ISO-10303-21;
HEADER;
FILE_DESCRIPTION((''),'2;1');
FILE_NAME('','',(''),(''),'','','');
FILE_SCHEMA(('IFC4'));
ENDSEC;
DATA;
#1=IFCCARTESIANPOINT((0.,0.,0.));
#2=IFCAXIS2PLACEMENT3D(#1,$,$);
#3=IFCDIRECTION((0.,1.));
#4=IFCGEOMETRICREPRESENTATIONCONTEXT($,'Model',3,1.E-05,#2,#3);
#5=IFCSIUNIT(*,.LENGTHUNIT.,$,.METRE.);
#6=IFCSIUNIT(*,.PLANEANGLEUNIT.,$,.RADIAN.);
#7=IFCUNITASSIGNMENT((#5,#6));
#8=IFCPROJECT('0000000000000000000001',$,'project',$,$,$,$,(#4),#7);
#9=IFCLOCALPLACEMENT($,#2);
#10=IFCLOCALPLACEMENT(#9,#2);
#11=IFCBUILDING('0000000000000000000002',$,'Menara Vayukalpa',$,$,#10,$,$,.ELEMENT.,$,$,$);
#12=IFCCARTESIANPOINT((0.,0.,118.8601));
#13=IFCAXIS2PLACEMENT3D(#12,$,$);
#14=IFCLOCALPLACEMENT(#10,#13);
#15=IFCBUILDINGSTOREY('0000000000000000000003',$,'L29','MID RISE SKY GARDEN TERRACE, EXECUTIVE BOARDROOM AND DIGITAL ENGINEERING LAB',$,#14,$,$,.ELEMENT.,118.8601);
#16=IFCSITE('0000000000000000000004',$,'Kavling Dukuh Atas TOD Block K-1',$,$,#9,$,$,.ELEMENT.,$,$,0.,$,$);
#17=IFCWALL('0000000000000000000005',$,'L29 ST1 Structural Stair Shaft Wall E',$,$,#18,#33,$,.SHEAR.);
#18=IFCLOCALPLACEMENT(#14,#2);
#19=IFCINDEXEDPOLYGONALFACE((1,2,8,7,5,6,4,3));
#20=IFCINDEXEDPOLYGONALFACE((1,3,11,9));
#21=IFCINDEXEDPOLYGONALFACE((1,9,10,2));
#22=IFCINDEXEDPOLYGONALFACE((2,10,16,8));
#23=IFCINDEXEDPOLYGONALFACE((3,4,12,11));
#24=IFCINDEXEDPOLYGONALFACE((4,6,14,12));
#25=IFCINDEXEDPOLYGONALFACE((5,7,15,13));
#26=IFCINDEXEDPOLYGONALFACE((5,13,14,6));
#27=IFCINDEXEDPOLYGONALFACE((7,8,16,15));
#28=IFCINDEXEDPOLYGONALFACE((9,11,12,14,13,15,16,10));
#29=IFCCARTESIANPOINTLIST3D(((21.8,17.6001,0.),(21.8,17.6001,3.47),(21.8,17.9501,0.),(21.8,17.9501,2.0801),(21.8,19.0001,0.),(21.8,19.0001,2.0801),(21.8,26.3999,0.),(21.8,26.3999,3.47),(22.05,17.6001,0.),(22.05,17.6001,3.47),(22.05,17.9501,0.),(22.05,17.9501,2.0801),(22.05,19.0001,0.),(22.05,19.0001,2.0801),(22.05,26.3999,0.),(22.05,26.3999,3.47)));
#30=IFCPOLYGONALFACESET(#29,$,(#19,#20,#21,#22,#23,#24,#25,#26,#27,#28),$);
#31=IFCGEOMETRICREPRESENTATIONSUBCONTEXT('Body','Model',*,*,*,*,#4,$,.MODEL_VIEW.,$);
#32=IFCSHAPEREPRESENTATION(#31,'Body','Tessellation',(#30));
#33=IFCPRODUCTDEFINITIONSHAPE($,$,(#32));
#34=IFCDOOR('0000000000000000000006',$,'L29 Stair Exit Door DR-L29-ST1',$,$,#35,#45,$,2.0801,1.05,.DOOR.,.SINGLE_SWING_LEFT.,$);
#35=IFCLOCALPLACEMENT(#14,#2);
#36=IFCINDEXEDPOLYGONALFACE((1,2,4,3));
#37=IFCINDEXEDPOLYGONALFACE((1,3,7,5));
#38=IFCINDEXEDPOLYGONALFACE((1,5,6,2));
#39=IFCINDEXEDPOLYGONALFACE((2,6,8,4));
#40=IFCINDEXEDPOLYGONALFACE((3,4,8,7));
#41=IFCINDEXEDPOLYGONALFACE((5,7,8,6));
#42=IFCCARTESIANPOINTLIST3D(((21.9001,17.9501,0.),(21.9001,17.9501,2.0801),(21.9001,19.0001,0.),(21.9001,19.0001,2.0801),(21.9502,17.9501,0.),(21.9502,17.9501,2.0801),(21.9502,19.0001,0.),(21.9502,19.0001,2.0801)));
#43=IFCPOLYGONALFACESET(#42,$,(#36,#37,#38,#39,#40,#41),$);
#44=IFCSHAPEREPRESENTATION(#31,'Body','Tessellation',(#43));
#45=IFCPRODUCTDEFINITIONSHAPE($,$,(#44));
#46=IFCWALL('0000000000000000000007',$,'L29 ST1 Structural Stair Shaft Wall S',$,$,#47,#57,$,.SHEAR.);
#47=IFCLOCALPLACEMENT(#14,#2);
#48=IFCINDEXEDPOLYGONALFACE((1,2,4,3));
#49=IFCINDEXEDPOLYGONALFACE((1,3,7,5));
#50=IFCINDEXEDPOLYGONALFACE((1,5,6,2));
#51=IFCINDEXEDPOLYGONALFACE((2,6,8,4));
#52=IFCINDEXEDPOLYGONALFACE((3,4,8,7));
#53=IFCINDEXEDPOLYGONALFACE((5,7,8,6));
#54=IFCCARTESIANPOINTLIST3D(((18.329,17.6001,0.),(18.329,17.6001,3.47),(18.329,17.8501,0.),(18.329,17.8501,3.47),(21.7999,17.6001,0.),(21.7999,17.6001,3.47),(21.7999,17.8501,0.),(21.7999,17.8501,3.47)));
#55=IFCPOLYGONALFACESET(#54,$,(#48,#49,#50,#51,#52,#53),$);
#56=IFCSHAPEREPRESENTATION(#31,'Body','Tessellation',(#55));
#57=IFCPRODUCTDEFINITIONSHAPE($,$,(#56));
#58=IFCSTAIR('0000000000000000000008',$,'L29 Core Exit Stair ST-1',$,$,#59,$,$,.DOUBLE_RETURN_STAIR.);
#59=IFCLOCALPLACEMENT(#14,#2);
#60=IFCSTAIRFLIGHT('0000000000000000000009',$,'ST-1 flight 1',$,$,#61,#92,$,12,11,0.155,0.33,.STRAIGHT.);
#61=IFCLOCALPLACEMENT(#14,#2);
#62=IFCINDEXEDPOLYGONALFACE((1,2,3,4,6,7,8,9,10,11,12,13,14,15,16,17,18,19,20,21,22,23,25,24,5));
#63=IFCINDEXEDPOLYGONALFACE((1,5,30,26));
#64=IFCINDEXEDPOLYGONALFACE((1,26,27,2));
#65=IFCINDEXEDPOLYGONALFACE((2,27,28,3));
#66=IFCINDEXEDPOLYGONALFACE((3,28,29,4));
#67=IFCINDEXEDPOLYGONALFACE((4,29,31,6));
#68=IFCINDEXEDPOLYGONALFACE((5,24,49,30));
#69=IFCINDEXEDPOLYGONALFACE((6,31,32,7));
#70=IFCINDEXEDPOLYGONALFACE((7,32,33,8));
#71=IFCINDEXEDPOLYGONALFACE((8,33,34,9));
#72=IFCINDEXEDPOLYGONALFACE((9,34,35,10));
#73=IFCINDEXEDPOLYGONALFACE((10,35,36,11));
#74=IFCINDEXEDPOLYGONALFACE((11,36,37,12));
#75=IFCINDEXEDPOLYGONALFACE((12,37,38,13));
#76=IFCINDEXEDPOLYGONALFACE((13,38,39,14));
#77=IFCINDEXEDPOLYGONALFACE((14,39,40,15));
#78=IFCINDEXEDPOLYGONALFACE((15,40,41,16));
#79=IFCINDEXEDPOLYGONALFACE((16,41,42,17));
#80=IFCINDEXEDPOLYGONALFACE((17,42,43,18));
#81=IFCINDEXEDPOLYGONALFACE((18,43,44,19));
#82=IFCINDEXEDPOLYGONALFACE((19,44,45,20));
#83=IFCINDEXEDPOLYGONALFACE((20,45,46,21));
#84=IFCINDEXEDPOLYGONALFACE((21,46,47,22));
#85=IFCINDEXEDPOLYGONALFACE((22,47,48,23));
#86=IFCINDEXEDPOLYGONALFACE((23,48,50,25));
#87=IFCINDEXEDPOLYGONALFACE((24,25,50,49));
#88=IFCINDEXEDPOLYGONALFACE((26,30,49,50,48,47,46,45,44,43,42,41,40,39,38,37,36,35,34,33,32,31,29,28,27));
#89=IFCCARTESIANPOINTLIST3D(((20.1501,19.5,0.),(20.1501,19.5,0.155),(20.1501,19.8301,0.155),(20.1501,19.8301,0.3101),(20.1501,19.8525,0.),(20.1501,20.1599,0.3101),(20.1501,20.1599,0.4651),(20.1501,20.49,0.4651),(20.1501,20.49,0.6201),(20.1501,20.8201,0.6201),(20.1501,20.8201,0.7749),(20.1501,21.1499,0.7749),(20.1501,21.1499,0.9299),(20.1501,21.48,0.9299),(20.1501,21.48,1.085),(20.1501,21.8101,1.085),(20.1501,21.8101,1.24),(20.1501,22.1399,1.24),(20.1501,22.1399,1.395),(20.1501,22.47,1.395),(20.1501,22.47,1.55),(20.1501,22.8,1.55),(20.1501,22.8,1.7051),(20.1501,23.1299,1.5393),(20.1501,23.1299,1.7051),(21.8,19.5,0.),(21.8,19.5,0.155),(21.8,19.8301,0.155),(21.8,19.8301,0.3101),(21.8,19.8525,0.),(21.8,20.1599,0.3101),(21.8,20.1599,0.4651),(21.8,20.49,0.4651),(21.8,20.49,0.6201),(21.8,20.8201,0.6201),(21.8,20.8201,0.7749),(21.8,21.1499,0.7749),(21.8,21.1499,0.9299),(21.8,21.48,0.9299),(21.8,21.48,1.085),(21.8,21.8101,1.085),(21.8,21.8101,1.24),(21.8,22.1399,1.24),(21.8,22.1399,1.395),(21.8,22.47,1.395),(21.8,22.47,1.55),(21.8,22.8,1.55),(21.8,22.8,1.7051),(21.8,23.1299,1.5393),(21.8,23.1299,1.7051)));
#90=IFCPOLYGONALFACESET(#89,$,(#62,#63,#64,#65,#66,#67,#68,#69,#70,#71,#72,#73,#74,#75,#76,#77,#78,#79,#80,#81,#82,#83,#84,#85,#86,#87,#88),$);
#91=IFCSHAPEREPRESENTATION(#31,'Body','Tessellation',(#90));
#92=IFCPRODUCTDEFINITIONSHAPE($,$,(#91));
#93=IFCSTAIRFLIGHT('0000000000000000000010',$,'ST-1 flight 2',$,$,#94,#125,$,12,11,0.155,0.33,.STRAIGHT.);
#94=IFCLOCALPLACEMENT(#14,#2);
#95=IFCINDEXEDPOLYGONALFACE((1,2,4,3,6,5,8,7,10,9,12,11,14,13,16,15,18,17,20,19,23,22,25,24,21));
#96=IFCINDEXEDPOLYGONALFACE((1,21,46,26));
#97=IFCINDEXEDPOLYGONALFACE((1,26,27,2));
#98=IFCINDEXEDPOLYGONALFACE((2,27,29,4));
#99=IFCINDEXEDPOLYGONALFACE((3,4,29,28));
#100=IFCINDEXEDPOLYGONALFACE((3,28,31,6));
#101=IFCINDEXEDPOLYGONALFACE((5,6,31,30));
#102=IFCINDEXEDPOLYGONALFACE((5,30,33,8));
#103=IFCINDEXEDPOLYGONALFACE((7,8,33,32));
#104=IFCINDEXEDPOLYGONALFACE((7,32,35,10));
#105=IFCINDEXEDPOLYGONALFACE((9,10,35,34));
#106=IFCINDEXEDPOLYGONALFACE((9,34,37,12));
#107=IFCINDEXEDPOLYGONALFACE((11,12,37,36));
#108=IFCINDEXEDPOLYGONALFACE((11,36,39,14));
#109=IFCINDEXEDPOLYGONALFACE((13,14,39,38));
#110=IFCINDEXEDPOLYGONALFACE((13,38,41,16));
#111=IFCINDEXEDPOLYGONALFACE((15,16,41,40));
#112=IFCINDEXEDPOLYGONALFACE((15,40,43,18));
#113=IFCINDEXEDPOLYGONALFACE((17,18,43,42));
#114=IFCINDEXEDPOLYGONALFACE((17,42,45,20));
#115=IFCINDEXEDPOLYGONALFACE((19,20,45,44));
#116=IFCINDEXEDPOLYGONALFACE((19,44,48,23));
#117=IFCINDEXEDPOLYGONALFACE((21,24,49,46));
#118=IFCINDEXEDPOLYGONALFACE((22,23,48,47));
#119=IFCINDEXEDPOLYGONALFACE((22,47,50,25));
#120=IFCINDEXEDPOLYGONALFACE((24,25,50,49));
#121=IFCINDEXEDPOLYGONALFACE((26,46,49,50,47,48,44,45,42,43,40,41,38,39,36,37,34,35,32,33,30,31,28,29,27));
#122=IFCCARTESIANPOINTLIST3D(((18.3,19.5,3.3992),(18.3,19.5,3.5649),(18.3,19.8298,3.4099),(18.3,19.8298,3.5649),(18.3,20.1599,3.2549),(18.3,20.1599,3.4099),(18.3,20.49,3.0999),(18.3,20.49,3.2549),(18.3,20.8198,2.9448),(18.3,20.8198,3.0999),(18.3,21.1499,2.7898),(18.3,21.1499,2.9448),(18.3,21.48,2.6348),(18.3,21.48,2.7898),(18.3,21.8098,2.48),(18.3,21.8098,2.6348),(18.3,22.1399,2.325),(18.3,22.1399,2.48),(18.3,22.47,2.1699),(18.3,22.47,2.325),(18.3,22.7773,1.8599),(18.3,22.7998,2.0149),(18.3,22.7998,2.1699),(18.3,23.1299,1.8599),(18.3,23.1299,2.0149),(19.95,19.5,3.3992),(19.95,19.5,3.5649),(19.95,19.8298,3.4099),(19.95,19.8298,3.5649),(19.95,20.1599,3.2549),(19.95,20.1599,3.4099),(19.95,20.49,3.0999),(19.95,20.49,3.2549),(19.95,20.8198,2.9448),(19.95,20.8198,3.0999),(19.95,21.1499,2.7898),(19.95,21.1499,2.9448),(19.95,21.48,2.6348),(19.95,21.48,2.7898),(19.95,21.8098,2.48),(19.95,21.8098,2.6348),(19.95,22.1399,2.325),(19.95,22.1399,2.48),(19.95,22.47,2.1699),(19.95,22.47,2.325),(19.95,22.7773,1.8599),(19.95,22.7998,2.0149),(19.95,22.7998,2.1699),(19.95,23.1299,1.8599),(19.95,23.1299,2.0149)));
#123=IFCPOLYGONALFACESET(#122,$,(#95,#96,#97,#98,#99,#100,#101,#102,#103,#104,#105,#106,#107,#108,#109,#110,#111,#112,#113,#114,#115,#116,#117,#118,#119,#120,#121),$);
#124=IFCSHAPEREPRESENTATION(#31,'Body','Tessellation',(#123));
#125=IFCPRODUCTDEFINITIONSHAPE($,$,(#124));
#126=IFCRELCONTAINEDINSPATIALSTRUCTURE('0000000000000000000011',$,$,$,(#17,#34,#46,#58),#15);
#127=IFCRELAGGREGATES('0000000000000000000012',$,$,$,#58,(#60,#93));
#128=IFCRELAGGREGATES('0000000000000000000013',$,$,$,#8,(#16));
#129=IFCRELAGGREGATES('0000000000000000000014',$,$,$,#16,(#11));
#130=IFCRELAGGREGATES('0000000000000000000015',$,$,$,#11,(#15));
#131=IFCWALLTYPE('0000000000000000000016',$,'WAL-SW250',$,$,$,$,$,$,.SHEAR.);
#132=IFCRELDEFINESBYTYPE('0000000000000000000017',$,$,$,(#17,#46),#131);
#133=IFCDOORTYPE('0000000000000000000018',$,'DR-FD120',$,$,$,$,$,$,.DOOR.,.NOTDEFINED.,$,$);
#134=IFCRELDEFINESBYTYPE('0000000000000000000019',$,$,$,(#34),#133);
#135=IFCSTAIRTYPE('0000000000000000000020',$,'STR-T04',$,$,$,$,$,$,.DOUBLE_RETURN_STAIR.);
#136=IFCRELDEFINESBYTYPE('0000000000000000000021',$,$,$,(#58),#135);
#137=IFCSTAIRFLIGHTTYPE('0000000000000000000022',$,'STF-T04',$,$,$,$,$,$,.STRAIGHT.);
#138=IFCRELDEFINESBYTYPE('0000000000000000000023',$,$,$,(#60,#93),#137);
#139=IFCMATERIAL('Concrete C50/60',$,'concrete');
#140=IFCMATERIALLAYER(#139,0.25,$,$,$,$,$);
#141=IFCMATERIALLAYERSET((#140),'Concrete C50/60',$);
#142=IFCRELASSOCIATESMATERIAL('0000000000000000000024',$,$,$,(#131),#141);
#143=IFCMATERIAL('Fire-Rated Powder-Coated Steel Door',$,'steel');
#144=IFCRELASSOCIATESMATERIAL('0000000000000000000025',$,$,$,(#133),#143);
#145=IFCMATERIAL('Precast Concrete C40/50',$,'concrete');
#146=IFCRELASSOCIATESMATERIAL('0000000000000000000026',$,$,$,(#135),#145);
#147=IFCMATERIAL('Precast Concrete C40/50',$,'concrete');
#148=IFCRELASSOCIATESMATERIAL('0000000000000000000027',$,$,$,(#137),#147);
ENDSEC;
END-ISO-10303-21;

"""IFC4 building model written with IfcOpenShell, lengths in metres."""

from ifc_helpers import new_model, si_unit, direction, frame, frame_2d, origin, place, context, subcontext, project, spatial, polyline, rectangle, outline, extrude, material, layer, layer_set, type_object, element, fill, aggregate, save


model = new_model("IFC4")

# Units and contexts
model_context = context("Model", 3, precision=1e-05, world=origin(), true_north=direction((0.0, 1.0)))
body_context = subcontext(model_context, "Body", "Model", "MODEL_VIEW")
ifc_project = project(units=[si_unit("LENGTHUNIT", "METRE"), si_unit("PLANEANGLEUNIT", "RADIAN")], contexts=[model_context])

# Site, building, storey
site_placement = place(None, origin())
site = spatial("IfcSite", under=ifc_project, at=site_placement, Name="Kavling Dukuh Atas TOD Block K-1", CompositionType="ELEMENT", RefElevation=0.0)
building_placement = place(site_placement, origin())
building = spatial("IfcBuilding", under=site, at=building_placement, Name="Menara Vayukalpa", CompositionType="ELEMENT")
storey_placement = place(building_placement, frame((0.0, 0.0, 118.8601)))
storey = spatial("IfcBuildingStorey", under=building, at=storey_placement, Name="L29", Description="MID RISE SKY GARDEN TERRACE, EXECUTIVE BOARDROOM AND DIGITAL ENGINEERING LAB", CompositionType="ELEMENT", Elevation=118.8601)

# Shared definitions
ifc_material_1 = material(Name="Concrete C50/60", Category="concrete")
ifc_layer_1 = layer(ifc_material_1, 0.25)
ifc_layer_set_1 = layer_set([ifc_layer_1], Name="Concrete C50/60")
wall_type_1 = type_object("IfcWallType", Name="WAL-SW250", PredefinedType="SHEAR", material=ifc_layer_set_1)

# Wall, opening, door
wall_1_placement = place(storey_placement, frame((21.925, 17.6001, 0.0), z_axis=(0.0, 0.0, 1.0), x_axis=(0.0, 1.0, 0.0)))
wall_1 = element("IfcWall", 1, at=wall_1_placement, inside=storey, type_object=wall_type_1, Name="L29 ST1 Structural Stair Shaft Wall E", PredefinedType="SHEAR", context=body_context, shape_type="SweptSolid", body=[
    extrude(rectangle(XDim=8.7998, YDim=0.25, at=frame_2d((4.3999, 0.0))), origin(), (0.0, 0.0, 1.0), 3.47),
])
opening_1_placement = place(wall_1_placement, frame((0.3501, 0.0, 0.0)))
opening_1 = element("IfcOpeningElement", 2, at=opening_1_placement, cuts=wall_1, PredefinedType="OPENING", context=body_context, shape_type="SweptSolid", body=[
    extrude(rectangle(XDim=1.05, YDim=2.0801, at=frame_2d((0.5249, 1.04))), frame((0.0, 0.135, 0.0), z_axis=(0.0, -1.0, 0.0), x_axis=(1.0, 0.0, 0.0)), (0.0, 0.0, 1.0), 0.27),
])
ifc_material_2 = material(Name="Fire-Rated Powder-Coated Steel Door", Category="steel")
door_type_1 = type_object("IfcDoorType", Name="DR-FD120", OperationType="NOTDEFINED", PredefinedType="DOOR", material=ifc_material_2)
door_1_placement = place(opening_1_placement, origin())
door_1 = element("IfcDoor", 3, at=door_1_placement, inside=storey, type_object=door_type_1, Name="L29 Stair Exit Door DR-L29-ST1", OperationType="SINGLE_SWING_LEFT", OverallHeight=2.0801, OverallWidth=1.05, PredefinedType="DOOR", context=body_context, shape_type="SweptSolid", body=[
    extrude(rectangle(XDim=1.05, YDim=2.0801, at=frame_2d((0.5249, 1.04))), frame((0.0, 0.0249, 0.0), z_axis=(0.0, -1.0, 0.0), x_axis=(1.0, 0.0, 0.0)), (0.0, 0.0, 1.0), 0.05),
])
fill(opening_1, door_1)

# Wall
wall_2_placement = place(storey_placement, frame((18.3291, 17.7251, 0.0), z_axis=(0.0, 0.0, 1.0), x_axis=(1.0, 0.0, 0.0)))
element("IfcWall", 4, at=wall_2_placement, inside=storey, type_object=wall_type_1, Name="L29 ST1 Structural Stair Shaft Wall S", PredefinedType="SHEAR", context=body_context, shape_type="SweptSolid", body=[
    extrude(rectangle(XDim=3.4709, YDim=0.25, at=frame_2d((1.7354, 0.0))), origin(), (0.0, 0.0, 1.0), 3.47),
])

# Stair, stair flights
ifc_material_3 = material(Name="Precast Concrete C40/50", Category="concrete")
stair_type = type_object("IfcStairType", Name="STR-T04", PredefinedType="DOUBLE_RETURN_STAIR", material=ifc_material_3)
stair_placement = place(storey_placement, origin())
stair = element("IfcStair", 5, at=stair_placement, inside=storey, type_object=stair_type, Name="L29 Core Exit Stair ST-1", PredefinedType="DOUBLE_RETURN_STAIR")
ifc_material_4 = material(Name="Precast Concrete C40/50", Category="concrete")
stair_flight_type = type_object("IfcStairFlightType", Name="STF-T04", PredefinedType="STRAIGHT", material=ifc_material_4)
stair_flight_1_placement = place(storey_placement, frame((20.9751, 19.5, 0.0), z_axis=(0.0, 0.0, 1.0), x_axis=(0.0, 1.0, 0.0)))
stair_flight_1 = element("IfcStairFlight", 6, at=stair_flight_1_placement, type_object=stair_flight_type, Name="ST-1 flight 1", NumberOfRisers=12, NumberOfTreads=11, PredefinedType="STRAIGHT", RiserHeight=0.155, TreadLength=0.33, context=body_context, shape_type="SweptSolid", body=[
    extrude(outline(polyline([(0.0, 0.0), (0.0, 0.155), (0.3301, 0.155), (0.3301, 0.3101), (0.6599, 0.3101), (0.6599, 0.4651), (0.99, 0.4651), (0.99, 0.6201), (1.3201, 0.6201), (1.3201, 0.7749), (1.6499, 0.7749), (1.6499, 0.9299), (1.98, 0.9299), (1.98, 1.085), (2.3101, 1.085), (2.3101, 1.24), (2.6399, 1.24), (2.6399, 1.395), (2.97, 1.395), (2.97, 1.55), (3.3, 1.55), (3.3, 1.7051), (3.6299, 1.7051), (3.6299, 1.8601), (3.6299, 1.5393), (0.3525, 0.0), (0.0, 0.0)])), frame((0.0, 0.825, 0.0), z_axis=(0.0, -1.0, 0.0), x_axis=(1.0, 0.0, 0.0)), (0.0, 0.0, 1.0), 1.6499),
])
stair_flight_2_placement = place(storey_placement, frame((19.125, 23.1299, 1.8599), z_axis=(0.0, 0.0, 1.0), x_axis=(0.0, -1.0, 0.0)))
stair_flight_2 = element("IfcStairFlight", 7, at=stair_flight_2_placement, type_object=stair_flight_type, Name="ST-1 flight 2", NumberOfRisers=12, NumberOfTreads=11, PredefinedType="STRAIGHT", RiserHeight=0.155, TreadLength=0.33, context=body_context, shape_type="SweptSolid", body=[
    extrude(outline(polyline([(0.0, 0.0), (0.0, 0.155), (0.3301, 0.155), (0.3301, 0.3101), (0.6599, 0.3101), (0.6599, 0.4651), (0.99, 0.4651), (0.99, 0.6201), (1.3201, 0.6201), (1.3201, 0.7749), (1.6499, 0.7749), (1.6499, 0.9299), (1.98, 0.9299), (1.98, 1.085), (2.3101, 1.085), (2.3101, 1.24), (2.6399, 1.24), (2.6399, 1.395), (2.97, 1.395), (2.97, 1.55), (3.3, 1.55), (3.3, 1.7051), (3.6299, 1.7051), (3.6299, 1.8601), (3.6299, 1.5393), (0.3525, 0.0), (0.0, 0.0)])), frame((0.0, 0.825, 0.0), z_axis=(0.0, -1.0, 0.0), x_axis=(1.0, 0.0, 0.0)), (0.0, 0.0, 1.0), 1.6499),
])
aggregate(stair, [stair_flight_1, stair_flight_2])

save(model, "model.ifc")
